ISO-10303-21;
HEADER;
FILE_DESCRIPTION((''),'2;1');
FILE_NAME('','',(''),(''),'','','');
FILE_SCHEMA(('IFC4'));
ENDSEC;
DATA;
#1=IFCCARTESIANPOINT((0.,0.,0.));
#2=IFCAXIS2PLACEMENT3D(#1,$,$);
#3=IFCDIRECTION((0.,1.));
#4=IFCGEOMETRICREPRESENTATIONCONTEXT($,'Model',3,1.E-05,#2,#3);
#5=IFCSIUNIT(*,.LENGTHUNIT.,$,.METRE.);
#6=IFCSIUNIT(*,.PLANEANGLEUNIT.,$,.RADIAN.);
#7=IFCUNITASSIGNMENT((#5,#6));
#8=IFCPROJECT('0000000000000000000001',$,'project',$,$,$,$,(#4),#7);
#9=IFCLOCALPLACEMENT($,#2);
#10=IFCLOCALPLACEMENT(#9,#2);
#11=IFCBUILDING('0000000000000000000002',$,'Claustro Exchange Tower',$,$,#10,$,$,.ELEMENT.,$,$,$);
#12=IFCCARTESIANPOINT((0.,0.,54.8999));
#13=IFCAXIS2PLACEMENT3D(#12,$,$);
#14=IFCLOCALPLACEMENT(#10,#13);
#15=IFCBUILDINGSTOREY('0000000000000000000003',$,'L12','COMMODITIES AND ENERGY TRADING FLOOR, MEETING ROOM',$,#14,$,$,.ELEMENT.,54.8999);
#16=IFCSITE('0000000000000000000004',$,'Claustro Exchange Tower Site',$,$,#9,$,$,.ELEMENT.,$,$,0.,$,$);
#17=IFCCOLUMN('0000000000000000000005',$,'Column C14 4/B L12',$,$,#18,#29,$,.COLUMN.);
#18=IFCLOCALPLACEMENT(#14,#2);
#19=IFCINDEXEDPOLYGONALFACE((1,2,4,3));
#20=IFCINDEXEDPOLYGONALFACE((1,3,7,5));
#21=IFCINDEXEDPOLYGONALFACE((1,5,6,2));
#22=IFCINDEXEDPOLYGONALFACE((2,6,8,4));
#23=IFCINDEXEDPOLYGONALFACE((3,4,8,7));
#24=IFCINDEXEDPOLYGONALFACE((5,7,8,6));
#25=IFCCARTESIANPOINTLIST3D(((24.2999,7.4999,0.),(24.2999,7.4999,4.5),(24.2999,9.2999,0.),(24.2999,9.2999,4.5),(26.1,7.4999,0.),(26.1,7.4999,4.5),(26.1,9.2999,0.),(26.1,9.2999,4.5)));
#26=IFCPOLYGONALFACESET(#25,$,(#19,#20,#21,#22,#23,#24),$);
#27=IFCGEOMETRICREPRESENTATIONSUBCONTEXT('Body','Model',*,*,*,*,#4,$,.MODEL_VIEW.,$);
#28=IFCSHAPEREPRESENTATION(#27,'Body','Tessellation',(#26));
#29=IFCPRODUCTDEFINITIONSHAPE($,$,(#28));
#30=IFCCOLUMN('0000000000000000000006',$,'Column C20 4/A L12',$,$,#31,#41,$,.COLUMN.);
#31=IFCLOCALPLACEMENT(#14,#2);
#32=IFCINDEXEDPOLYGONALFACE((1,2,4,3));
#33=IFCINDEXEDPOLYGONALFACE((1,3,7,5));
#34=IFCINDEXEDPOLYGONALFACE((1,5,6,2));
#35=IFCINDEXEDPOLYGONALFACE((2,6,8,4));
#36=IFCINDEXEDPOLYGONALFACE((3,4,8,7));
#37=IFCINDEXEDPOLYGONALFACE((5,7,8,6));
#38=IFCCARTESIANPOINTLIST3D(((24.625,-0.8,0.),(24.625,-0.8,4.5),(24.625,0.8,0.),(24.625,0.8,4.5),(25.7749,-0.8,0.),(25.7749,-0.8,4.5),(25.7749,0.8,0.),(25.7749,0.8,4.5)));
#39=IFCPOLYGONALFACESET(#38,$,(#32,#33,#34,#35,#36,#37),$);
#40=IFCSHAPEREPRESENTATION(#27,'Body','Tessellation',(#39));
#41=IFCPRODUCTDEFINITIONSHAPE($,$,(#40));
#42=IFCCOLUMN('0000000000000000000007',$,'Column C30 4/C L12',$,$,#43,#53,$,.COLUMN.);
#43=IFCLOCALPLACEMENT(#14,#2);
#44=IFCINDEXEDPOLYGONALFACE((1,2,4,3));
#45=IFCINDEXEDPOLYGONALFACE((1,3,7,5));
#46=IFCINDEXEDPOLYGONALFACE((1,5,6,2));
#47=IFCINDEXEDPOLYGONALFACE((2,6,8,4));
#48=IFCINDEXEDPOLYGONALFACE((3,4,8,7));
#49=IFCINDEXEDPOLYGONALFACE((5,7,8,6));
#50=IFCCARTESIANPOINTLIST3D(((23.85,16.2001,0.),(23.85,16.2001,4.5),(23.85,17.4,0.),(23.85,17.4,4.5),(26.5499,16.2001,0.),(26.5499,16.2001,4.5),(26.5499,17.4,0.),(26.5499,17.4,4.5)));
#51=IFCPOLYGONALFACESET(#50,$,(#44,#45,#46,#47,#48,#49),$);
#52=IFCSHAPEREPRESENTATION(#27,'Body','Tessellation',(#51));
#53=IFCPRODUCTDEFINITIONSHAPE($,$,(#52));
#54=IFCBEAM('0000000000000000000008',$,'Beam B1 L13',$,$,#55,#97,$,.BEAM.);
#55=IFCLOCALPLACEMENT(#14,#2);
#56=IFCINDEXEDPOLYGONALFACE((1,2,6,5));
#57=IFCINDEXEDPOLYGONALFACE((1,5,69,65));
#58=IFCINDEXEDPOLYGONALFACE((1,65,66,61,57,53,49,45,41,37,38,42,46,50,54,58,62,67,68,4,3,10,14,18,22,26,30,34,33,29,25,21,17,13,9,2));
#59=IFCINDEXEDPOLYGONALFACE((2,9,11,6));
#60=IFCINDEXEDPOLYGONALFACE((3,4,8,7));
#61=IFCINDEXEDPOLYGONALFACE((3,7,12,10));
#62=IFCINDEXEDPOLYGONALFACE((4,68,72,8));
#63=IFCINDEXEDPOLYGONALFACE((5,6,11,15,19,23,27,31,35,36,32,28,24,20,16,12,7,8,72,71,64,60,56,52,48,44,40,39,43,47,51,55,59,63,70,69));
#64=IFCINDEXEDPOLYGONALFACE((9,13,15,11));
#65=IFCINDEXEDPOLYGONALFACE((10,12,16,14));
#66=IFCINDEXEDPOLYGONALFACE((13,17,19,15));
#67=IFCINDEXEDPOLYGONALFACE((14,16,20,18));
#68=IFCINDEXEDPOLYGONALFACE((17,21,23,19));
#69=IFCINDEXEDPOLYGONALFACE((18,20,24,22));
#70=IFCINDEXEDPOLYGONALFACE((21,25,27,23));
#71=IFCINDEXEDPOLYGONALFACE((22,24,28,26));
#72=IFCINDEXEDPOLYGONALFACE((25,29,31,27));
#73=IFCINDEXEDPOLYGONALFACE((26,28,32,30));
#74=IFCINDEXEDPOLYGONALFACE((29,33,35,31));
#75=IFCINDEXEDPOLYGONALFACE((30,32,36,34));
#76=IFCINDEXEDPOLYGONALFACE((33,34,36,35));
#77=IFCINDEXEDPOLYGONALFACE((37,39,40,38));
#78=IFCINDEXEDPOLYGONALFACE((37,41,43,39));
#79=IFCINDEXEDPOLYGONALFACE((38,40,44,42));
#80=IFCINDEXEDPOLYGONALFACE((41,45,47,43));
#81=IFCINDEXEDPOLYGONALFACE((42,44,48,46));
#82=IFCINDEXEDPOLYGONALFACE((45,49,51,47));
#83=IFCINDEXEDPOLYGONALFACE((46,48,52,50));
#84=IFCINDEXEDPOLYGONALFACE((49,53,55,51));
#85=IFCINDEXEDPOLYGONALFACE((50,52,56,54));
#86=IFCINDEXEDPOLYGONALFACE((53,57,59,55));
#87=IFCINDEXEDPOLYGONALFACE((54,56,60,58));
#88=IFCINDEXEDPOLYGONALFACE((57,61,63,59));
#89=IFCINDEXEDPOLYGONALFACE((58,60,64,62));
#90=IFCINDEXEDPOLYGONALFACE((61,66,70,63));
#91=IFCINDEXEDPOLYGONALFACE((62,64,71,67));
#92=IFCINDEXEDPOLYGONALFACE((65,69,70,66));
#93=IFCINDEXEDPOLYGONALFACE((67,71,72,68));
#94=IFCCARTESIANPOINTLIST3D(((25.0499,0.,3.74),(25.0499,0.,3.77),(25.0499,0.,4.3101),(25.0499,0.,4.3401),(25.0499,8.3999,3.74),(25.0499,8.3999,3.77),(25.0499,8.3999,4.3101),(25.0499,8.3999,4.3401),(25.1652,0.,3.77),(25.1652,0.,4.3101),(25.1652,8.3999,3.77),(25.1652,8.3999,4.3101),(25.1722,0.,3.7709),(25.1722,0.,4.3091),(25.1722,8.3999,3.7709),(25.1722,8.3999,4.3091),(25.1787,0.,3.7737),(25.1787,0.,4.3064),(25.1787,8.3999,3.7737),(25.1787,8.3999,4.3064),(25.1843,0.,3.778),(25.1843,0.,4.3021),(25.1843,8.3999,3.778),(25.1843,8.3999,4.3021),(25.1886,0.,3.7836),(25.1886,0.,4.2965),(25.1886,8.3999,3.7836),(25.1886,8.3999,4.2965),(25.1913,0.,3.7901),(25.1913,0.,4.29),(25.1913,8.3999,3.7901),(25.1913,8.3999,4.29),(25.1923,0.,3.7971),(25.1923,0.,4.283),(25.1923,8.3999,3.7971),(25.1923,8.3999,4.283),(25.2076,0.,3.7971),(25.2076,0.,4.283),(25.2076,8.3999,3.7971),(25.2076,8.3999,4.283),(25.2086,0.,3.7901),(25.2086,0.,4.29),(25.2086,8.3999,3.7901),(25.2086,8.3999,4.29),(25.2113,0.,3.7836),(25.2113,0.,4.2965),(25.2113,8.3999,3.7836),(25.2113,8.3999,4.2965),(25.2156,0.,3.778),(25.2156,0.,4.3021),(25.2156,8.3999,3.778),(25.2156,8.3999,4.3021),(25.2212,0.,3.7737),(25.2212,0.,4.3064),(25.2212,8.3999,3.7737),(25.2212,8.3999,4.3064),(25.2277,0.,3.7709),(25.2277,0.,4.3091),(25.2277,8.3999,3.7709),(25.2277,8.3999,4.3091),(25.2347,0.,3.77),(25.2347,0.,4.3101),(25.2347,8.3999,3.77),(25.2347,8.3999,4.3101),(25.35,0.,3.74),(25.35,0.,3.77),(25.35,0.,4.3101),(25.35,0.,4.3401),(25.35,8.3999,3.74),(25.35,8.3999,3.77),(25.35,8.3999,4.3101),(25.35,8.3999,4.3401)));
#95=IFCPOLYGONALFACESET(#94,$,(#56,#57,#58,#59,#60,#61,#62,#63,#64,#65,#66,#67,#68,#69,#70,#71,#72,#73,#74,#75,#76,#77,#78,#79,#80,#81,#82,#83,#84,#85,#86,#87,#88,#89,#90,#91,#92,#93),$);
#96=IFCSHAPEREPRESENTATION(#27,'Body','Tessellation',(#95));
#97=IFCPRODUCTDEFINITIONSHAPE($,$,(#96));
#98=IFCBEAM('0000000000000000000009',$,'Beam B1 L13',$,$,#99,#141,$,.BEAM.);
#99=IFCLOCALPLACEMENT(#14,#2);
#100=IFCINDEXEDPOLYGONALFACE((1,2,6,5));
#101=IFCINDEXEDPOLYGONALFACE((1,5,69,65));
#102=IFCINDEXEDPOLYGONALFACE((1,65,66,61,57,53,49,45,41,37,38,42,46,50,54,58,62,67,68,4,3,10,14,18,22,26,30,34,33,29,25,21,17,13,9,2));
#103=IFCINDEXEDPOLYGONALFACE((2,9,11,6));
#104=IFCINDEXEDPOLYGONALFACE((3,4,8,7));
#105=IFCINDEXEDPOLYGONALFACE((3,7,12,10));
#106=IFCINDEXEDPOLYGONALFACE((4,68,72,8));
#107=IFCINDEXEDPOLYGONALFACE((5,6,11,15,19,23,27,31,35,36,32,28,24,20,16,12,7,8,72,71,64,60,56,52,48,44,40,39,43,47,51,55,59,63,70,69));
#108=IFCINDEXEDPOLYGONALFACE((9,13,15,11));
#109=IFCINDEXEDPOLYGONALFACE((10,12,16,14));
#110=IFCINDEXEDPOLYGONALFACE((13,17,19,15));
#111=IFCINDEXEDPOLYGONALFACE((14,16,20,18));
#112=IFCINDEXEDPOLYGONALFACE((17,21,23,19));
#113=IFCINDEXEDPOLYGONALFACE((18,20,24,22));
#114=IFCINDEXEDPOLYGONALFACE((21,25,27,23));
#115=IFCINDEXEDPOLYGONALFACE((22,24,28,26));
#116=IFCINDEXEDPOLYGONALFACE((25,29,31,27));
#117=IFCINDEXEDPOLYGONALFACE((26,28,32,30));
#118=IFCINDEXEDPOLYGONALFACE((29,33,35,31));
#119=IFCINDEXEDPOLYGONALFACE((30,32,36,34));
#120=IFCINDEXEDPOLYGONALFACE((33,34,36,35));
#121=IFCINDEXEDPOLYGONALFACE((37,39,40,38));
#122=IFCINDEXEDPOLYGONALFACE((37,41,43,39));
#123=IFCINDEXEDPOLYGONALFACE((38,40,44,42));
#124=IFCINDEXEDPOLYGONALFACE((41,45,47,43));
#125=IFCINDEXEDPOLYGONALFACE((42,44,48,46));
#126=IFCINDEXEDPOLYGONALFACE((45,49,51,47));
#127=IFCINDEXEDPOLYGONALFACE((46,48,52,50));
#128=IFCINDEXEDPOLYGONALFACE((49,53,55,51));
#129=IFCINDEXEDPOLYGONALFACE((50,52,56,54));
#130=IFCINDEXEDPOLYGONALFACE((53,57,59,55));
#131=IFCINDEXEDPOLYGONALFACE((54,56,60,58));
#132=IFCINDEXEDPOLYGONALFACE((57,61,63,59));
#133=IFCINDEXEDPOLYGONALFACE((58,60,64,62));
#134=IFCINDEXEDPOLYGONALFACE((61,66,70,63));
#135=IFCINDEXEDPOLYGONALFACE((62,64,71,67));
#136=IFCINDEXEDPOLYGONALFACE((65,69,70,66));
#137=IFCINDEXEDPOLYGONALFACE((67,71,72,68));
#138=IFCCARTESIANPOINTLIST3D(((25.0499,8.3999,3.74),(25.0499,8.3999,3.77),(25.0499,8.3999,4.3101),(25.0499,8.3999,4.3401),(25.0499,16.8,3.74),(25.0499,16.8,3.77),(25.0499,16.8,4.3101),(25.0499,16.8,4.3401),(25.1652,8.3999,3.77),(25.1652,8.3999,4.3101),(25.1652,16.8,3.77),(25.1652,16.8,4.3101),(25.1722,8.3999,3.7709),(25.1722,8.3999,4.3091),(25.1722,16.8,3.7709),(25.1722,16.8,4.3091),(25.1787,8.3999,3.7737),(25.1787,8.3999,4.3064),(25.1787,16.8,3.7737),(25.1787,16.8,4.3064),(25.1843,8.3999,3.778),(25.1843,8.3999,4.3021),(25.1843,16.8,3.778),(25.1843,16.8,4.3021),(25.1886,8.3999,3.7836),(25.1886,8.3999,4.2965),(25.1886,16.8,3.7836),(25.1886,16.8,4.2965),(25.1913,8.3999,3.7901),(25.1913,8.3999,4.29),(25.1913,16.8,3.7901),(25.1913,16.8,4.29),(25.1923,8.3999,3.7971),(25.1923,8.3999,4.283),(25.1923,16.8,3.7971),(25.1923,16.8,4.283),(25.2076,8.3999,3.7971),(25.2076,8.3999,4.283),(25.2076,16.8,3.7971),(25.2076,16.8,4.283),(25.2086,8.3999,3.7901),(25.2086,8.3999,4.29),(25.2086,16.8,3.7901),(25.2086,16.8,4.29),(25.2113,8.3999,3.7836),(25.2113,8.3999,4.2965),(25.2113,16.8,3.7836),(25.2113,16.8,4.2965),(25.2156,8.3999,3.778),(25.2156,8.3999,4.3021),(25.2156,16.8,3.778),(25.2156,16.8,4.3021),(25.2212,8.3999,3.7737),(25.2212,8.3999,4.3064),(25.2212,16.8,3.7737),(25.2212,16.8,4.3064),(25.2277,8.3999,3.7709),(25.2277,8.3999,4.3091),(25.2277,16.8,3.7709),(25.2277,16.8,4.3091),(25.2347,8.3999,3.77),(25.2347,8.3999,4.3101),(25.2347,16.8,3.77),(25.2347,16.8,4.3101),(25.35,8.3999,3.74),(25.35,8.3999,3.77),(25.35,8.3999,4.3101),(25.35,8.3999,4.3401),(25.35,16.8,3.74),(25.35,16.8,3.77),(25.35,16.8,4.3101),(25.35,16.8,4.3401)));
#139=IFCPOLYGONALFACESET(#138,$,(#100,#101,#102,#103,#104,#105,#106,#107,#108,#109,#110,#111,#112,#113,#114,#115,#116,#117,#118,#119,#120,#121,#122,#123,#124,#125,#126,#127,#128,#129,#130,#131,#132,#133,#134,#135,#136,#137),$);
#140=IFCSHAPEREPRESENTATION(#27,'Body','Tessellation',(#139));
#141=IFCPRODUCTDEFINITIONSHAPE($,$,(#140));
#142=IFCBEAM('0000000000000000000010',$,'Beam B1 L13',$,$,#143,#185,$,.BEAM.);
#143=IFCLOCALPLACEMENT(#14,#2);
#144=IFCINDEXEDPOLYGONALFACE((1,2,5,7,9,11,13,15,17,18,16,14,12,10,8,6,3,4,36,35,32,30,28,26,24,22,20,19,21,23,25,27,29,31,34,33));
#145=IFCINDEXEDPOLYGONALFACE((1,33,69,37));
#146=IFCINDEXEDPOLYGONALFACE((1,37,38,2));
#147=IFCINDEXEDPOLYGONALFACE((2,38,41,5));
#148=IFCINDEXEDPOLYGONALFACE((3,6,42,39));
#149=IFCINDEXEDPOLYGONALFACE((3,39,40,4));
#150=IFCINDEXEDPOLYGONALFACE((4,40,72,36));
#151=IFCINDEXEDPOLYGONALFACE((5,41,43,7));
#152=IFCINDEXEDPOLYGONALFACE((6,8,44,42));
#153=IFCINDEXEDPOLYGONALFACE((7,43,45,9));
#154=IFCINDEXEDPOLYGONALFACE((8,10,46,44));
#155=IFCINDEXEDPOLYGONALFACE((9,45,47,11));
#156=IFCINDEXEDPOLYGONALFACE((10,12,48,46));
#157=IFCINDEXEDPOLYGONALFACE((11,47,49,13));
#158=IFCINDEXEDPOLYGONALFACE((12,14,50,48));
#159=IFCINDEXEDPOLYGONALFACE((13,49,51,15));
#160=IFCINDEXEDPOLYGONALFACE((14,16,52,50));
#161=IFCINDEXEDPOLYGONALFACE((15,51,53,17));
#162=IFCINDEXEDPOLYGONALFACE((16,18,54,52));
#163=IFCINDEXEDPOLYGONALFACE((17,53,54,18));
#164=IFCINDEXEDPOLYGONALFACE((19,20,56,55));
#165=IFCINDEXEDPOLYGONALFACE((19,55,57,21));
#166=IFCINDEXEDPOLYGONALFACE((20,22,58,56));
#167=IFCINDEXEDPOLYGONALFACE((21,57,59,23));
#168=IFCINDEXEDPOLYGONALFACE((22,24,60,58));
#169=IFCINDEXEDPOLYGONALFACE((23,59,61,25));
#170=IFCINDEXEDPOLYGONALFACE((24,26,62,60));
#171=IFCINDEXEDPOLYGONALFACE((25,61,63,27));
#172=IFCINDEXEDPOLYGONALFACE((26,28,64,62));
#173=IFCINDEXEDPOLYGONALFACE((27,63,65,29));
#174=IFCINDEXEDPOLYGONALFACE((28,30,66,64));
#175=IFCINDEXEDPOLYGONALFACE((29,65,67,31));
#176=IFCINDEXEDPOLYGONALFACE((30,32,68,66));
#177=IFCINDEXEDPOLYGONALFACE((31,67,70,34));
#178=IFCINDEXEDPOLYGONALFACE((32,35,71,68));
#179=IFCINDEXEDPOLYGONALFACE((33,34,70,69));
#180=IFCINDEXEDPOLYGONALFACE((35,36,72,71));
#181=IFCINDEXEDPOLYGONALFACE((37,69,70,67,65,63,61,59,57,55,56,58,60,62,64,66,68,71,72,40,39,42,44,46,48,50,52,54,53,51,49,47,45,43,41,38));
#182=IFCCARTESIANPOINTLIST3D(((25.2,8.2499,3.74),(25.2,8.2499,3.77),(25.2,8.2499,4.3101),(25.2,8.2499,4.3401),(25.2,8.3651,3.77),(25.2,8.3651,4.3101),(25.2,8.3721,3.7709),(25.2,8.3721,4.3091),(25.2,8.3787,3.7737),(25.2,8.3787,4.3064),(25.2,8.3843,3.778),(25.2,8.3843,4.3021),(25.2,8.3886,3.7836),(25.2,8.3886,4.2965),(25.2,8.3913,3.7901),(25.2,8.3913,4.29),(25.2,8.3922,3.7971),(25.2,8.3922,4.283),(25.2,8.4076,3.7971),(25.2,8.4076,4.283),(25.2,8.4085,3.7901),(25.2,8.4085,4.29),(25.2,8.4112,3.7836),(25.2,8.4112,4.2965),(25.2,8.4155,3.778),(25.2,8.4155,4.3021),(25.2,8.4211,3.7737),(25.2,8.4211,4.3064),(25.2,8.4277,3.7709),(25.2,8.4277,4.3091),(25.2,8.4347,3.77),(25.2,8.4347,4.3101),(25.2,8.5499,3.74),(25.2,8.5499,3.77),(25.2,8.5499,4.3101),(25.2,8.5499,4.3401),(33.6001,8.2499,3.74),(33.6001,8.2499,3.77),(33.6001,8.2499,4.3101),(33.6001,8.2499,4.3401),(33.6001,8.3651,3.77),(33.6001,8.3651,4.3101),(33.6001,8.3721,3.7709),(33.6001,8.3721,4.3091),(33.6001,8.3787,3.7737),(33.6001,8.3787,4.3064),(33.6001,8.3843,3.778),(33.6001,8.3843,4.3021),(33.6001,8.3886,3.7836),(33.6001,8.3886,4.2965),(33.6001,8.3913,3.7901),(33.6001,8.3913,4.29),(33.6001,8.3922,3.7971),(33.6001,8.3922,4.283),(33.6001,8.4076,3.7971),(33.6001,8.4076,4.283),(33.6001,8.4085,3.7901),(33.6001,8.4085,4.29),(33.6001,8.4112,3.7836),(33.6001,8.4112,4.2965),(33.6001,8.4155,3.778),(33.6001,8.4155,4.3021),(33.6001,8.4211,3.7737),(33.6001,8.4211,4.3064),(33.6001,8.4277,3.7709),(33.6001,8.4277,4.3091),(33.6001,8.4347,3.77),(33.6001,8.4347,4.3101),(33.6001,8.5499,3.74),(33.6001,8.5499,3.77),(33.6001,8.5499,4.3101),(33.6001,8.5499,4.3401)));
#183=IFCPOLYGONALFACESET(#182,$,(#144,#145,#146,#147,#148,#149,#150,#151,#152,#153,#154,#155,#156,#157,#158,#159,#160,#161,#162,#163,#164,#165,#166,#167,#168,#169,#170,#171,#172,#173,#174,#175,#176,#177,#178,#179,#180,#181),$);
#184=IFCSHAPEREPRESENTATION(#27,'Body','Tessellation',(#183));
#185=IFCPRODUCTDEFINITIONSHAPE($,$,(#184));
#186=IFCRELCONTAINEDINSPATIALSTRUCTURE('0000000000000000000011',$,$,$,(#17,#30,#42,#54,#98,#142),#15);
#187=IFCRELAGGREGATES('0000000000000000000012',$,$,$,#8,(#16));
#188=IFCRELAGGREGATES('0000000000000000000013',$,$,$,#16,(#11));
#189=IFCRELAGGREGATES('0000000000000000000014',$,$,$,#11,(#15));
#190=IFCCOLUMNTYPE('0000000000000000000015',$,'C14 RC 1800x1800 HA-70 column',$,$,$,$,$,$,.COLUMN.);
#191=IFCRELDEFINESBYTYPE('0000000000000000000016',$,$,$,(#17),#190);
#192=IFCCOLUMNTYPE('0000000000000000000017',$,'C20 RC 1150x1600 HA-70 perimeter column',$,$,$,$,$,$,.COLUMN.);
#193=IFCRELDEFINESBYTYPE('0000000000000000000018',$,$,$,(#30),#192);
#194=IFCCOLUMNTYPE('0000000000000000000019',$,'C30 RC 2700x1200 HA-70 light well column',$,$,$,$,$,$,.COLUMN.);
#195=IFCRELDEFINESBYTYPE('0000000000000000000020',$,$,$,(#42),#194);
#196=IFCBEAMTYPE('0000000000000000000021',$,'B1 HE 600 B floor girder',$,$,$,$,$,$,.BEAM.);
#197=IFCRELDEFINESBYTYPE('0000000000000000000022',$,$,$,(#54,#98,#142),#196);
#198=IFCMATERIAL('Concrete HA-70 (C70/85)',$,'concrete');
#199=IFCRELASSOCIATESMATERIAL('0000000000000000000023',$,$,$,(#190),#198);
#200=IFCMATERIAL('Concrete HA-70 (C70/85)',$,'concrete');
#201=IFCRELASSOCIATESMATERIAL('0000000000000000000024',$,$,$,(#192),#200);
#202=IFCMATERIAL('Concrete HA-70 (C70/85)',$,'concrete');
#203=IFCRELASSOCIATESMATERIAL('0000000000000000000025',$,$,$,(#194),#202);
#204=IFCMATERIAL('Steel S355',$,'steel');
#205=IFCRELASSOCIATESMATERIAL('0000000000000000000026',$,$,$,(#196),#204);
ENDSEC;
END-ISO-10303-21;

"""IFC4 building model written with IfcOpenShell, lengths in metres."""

from ifc_helpers import new_model, si_unit, direction, frame, origin, origin_2d, place, context, subcontext, project, spatial, rectangle, i_section, extrude, material, material_profile, profile_set, type_object, element, save


model = new_model("IFC4")

# Units and contexts
model_context = context("Model", 3, precision=1e-05, world=origin(), true_north=direction((0.0, 1.0)))
body_context = subcontext(model_context, "Body", "Model", "MODEL_VIEW")
ifc_project = project(units=[si_unit("LENGTHUNIT", "METRE"), si_unit("PLANEANGLEUNIT", "RADIAN")], contexts=[model_context])

# Site, building, storey
site_placement = place(None, origin())
site = spatial("IfcSite", under=ifc_project, at=site_placement, Name="Claustro Exchange Tower Site", CompositionType="ELEMENT", RefElevation=0.0)
building_placement = place(site_placement, origin())
building = spatial("IfcBuilding", under=site, at=building_placement, Name="Claustro Exchange Tower", CompositionType="ELEMENT")
storey_placement = place(building_placement, frame((0.0, 0.0, 54.8999)))
storey = spatial("IfcBuildingStorey", under=building, at=storey_placement, Name="L12", Description="COMMODITIES AND ENERGY TRADING FLOOR, MEETING ROOM", CompositionType="ELEMENT", Elevation=54.8999)

# Columns
ifc_material_1 = material(Name="Concrete HA-70 (C70/85)", Category="concrete")
ifc_material_profile_1 = material_profile(ifc_material_1, rectangle(XDim=1.8, YDim=1.8, at=origin_2d()), Name="RC 1800x1800")
ifc_profile_set_1 = profile_set([ifc_material_profile_1], Name="Concrete HA-70 (C70/85)")
column_type_1 = type_object("IfcColumnType", Name="C14 RC 1800x1800 HA-70 column", PredefinedType="COLUMN", material=ifc_profile_set_1)
column_1_placement = place(storey_placement, frame((25.2, 8.3999, 0.0), z_axis=(0.0, 0.0, 1.0), x_axis=(1.0, 0.0, 0.0)))
element("IfcColumn", 1, at=column_1_placement, inside=storey, type_object=column_type_1, Name="Column C14 4/B L12", PredefinedType="COLUMN", context=body_context, shape_type="SweptSolid", body=[
    extrude(rectangle(XDim=1.8, YDim=1.8, at=origin_2d()), origin(), (0.0, 0.0, 1.0), 4.5),
])
ifc_material_2 = material(Name="Concrete HA-70 (C70/85)", Category="concrete")
ifc_material_profile_2 = material_profile(ifc_material_2, rectangle(XDim=1.1499, YDim=1.6001, at=origin_2d()), Name="RC 1150x1600")
ifc_profile_set_2 = profile_set([ifc_material_profile_2], Name="Concrete HA-70 (C70/85)")
column_type_2 = type_object("IfcColumnType", Name="C20 RC 1150x1600 HA-70 perimeter column", PredefinedType="COLUMN", material=ifc_profile_set_2)
column_2_placement = place(storey_placement, frame((25.2, 0.0, 0.0), z_axis=(0.0, 0.0, 1.0), x_axis=(1.0, 0.0, 0.0)))
element("IfcColumn", 2, at=column_2_placement, inside=storey, type_object=column_type_2, Name="Column C20 4/A L12", PredefinedType="COLUMN", context=body_context, shape_type="SweptSolid", body=[
    extrude(rectangle(XDim=1.1499, YDim=1.6001, at=origin_2d()), origin(), (0.0, 0.0, 1.0), 4.5),
])
ifc_material_3 = material(Name="Concrete HA-70 (C70/85)", Category="concrete")
ifc_material_profile_3 = material_profile(ifc_material_3, rectangle(XDim=2.7, YDim=1.2, at=origin_2d()), Name="RC 2700x1200")
ifc_profile_set_3 = profile_set([ifc_material_profile_3], Name="Concrete HA-70 (C70/85)")
column_type_3 = type_object("IfcColumnType", Name="C30 RC 2700x1200 HA-70 light well column", PredefinedType="COLUMN", material=ifc_profile_set_3)
column_3_placement = place(storey_placement, frame((25.2, 16.8, 0.0), z_axis=(0.0, 0.0, 1.0), x_axis=(1.0, 0.0, 0.0)))
element("IfcColumn", 3, at=column_3_placement, inside=storey, type_object=column_type_3, Name="Column C30 4/C L12", PredefinedType="COLUMN", context=body_context, shape_type="SweptSolid", body=[
    extrude(rectangle(XDim=2.7, YDim=1.2, at=origin_2d()), origin(), (0.0, 0.0, 1.0), 4.5),
])

# Beams
ifc_material_4 = material(Name="Steel S355", Category="steel")
ifc_material_profile_4 = material_profile(ifc_material_4, i_section(OverallWidth=0.3, OverallDepth=0.6001, WebThickness=0.0154, FlangeThickness=0.03, FilletRadius=0.0271, at=origin_2d()), Name="HE 600 B")
ifc_profile_set_4 = profile_set([ifc_material_profile_4], Name="Steel S355")
beam_type_1 = type_object("IfcBeamType", Name="B1 HE 600 B floor girder", PredefinedType="BEAM", material=ifc_profile_set_4)
beam_1_placement = place(storey_placement, frame((25.2, 0.0, 4.04), z_axis=(0.0, 1.0, 0.0), x_axis=(-1.0, 0.0, 0.0)))
element("IfcBeam", 4, at=beam_1_placement, inside=storey, type_object=beam_type_1, Name="Beam B1 L13", PredefinedType="BEAM", context=body_context, shape_type="SweptSolid", body=[
    extrude(i_section(OverallWidth=0.3, OverallDepth=0.6001, WebThickness=0.0154, FlangeThickness=0.03, FilletRadius=0.0271, at=origin_2d()), origin(), (0.0, 0.0, 1.0), 8.3999),
])
for number, where, z_axis, x_axis, name in (
    (5, (25.2, 8.3999, 4.04), (0.0, 1.0, 0.0), (-1.0, 0.0, 0.0), "Beam B1 L13"),
    (6, (25.2, 8.3999, 4.04), (1.0, 0.0, 0.0), (0.0, 1.0, 0.0), "Beam B1 L13"),
):
    element("IfcBeam", number, at=place(storey_placement, frame(where, z_axis=z_axis, x_axis=x_axis)), inside=storey, type_object=beam_type_1, Name=name, PredefinedType="BEAM", context=body_context, shape_type="SweptSolid", body=[
        extrude(i_section(OverallWidth=0.3, OverallDepth=0.6001, WebThickness=0.0154, FlangeThickness=0.03, FilletRadius=0.0271, at=origin_2d()), origin(), (0.0, 0.0, 1.0), 8.4001),
    ])

save(model, "model.ifc")
